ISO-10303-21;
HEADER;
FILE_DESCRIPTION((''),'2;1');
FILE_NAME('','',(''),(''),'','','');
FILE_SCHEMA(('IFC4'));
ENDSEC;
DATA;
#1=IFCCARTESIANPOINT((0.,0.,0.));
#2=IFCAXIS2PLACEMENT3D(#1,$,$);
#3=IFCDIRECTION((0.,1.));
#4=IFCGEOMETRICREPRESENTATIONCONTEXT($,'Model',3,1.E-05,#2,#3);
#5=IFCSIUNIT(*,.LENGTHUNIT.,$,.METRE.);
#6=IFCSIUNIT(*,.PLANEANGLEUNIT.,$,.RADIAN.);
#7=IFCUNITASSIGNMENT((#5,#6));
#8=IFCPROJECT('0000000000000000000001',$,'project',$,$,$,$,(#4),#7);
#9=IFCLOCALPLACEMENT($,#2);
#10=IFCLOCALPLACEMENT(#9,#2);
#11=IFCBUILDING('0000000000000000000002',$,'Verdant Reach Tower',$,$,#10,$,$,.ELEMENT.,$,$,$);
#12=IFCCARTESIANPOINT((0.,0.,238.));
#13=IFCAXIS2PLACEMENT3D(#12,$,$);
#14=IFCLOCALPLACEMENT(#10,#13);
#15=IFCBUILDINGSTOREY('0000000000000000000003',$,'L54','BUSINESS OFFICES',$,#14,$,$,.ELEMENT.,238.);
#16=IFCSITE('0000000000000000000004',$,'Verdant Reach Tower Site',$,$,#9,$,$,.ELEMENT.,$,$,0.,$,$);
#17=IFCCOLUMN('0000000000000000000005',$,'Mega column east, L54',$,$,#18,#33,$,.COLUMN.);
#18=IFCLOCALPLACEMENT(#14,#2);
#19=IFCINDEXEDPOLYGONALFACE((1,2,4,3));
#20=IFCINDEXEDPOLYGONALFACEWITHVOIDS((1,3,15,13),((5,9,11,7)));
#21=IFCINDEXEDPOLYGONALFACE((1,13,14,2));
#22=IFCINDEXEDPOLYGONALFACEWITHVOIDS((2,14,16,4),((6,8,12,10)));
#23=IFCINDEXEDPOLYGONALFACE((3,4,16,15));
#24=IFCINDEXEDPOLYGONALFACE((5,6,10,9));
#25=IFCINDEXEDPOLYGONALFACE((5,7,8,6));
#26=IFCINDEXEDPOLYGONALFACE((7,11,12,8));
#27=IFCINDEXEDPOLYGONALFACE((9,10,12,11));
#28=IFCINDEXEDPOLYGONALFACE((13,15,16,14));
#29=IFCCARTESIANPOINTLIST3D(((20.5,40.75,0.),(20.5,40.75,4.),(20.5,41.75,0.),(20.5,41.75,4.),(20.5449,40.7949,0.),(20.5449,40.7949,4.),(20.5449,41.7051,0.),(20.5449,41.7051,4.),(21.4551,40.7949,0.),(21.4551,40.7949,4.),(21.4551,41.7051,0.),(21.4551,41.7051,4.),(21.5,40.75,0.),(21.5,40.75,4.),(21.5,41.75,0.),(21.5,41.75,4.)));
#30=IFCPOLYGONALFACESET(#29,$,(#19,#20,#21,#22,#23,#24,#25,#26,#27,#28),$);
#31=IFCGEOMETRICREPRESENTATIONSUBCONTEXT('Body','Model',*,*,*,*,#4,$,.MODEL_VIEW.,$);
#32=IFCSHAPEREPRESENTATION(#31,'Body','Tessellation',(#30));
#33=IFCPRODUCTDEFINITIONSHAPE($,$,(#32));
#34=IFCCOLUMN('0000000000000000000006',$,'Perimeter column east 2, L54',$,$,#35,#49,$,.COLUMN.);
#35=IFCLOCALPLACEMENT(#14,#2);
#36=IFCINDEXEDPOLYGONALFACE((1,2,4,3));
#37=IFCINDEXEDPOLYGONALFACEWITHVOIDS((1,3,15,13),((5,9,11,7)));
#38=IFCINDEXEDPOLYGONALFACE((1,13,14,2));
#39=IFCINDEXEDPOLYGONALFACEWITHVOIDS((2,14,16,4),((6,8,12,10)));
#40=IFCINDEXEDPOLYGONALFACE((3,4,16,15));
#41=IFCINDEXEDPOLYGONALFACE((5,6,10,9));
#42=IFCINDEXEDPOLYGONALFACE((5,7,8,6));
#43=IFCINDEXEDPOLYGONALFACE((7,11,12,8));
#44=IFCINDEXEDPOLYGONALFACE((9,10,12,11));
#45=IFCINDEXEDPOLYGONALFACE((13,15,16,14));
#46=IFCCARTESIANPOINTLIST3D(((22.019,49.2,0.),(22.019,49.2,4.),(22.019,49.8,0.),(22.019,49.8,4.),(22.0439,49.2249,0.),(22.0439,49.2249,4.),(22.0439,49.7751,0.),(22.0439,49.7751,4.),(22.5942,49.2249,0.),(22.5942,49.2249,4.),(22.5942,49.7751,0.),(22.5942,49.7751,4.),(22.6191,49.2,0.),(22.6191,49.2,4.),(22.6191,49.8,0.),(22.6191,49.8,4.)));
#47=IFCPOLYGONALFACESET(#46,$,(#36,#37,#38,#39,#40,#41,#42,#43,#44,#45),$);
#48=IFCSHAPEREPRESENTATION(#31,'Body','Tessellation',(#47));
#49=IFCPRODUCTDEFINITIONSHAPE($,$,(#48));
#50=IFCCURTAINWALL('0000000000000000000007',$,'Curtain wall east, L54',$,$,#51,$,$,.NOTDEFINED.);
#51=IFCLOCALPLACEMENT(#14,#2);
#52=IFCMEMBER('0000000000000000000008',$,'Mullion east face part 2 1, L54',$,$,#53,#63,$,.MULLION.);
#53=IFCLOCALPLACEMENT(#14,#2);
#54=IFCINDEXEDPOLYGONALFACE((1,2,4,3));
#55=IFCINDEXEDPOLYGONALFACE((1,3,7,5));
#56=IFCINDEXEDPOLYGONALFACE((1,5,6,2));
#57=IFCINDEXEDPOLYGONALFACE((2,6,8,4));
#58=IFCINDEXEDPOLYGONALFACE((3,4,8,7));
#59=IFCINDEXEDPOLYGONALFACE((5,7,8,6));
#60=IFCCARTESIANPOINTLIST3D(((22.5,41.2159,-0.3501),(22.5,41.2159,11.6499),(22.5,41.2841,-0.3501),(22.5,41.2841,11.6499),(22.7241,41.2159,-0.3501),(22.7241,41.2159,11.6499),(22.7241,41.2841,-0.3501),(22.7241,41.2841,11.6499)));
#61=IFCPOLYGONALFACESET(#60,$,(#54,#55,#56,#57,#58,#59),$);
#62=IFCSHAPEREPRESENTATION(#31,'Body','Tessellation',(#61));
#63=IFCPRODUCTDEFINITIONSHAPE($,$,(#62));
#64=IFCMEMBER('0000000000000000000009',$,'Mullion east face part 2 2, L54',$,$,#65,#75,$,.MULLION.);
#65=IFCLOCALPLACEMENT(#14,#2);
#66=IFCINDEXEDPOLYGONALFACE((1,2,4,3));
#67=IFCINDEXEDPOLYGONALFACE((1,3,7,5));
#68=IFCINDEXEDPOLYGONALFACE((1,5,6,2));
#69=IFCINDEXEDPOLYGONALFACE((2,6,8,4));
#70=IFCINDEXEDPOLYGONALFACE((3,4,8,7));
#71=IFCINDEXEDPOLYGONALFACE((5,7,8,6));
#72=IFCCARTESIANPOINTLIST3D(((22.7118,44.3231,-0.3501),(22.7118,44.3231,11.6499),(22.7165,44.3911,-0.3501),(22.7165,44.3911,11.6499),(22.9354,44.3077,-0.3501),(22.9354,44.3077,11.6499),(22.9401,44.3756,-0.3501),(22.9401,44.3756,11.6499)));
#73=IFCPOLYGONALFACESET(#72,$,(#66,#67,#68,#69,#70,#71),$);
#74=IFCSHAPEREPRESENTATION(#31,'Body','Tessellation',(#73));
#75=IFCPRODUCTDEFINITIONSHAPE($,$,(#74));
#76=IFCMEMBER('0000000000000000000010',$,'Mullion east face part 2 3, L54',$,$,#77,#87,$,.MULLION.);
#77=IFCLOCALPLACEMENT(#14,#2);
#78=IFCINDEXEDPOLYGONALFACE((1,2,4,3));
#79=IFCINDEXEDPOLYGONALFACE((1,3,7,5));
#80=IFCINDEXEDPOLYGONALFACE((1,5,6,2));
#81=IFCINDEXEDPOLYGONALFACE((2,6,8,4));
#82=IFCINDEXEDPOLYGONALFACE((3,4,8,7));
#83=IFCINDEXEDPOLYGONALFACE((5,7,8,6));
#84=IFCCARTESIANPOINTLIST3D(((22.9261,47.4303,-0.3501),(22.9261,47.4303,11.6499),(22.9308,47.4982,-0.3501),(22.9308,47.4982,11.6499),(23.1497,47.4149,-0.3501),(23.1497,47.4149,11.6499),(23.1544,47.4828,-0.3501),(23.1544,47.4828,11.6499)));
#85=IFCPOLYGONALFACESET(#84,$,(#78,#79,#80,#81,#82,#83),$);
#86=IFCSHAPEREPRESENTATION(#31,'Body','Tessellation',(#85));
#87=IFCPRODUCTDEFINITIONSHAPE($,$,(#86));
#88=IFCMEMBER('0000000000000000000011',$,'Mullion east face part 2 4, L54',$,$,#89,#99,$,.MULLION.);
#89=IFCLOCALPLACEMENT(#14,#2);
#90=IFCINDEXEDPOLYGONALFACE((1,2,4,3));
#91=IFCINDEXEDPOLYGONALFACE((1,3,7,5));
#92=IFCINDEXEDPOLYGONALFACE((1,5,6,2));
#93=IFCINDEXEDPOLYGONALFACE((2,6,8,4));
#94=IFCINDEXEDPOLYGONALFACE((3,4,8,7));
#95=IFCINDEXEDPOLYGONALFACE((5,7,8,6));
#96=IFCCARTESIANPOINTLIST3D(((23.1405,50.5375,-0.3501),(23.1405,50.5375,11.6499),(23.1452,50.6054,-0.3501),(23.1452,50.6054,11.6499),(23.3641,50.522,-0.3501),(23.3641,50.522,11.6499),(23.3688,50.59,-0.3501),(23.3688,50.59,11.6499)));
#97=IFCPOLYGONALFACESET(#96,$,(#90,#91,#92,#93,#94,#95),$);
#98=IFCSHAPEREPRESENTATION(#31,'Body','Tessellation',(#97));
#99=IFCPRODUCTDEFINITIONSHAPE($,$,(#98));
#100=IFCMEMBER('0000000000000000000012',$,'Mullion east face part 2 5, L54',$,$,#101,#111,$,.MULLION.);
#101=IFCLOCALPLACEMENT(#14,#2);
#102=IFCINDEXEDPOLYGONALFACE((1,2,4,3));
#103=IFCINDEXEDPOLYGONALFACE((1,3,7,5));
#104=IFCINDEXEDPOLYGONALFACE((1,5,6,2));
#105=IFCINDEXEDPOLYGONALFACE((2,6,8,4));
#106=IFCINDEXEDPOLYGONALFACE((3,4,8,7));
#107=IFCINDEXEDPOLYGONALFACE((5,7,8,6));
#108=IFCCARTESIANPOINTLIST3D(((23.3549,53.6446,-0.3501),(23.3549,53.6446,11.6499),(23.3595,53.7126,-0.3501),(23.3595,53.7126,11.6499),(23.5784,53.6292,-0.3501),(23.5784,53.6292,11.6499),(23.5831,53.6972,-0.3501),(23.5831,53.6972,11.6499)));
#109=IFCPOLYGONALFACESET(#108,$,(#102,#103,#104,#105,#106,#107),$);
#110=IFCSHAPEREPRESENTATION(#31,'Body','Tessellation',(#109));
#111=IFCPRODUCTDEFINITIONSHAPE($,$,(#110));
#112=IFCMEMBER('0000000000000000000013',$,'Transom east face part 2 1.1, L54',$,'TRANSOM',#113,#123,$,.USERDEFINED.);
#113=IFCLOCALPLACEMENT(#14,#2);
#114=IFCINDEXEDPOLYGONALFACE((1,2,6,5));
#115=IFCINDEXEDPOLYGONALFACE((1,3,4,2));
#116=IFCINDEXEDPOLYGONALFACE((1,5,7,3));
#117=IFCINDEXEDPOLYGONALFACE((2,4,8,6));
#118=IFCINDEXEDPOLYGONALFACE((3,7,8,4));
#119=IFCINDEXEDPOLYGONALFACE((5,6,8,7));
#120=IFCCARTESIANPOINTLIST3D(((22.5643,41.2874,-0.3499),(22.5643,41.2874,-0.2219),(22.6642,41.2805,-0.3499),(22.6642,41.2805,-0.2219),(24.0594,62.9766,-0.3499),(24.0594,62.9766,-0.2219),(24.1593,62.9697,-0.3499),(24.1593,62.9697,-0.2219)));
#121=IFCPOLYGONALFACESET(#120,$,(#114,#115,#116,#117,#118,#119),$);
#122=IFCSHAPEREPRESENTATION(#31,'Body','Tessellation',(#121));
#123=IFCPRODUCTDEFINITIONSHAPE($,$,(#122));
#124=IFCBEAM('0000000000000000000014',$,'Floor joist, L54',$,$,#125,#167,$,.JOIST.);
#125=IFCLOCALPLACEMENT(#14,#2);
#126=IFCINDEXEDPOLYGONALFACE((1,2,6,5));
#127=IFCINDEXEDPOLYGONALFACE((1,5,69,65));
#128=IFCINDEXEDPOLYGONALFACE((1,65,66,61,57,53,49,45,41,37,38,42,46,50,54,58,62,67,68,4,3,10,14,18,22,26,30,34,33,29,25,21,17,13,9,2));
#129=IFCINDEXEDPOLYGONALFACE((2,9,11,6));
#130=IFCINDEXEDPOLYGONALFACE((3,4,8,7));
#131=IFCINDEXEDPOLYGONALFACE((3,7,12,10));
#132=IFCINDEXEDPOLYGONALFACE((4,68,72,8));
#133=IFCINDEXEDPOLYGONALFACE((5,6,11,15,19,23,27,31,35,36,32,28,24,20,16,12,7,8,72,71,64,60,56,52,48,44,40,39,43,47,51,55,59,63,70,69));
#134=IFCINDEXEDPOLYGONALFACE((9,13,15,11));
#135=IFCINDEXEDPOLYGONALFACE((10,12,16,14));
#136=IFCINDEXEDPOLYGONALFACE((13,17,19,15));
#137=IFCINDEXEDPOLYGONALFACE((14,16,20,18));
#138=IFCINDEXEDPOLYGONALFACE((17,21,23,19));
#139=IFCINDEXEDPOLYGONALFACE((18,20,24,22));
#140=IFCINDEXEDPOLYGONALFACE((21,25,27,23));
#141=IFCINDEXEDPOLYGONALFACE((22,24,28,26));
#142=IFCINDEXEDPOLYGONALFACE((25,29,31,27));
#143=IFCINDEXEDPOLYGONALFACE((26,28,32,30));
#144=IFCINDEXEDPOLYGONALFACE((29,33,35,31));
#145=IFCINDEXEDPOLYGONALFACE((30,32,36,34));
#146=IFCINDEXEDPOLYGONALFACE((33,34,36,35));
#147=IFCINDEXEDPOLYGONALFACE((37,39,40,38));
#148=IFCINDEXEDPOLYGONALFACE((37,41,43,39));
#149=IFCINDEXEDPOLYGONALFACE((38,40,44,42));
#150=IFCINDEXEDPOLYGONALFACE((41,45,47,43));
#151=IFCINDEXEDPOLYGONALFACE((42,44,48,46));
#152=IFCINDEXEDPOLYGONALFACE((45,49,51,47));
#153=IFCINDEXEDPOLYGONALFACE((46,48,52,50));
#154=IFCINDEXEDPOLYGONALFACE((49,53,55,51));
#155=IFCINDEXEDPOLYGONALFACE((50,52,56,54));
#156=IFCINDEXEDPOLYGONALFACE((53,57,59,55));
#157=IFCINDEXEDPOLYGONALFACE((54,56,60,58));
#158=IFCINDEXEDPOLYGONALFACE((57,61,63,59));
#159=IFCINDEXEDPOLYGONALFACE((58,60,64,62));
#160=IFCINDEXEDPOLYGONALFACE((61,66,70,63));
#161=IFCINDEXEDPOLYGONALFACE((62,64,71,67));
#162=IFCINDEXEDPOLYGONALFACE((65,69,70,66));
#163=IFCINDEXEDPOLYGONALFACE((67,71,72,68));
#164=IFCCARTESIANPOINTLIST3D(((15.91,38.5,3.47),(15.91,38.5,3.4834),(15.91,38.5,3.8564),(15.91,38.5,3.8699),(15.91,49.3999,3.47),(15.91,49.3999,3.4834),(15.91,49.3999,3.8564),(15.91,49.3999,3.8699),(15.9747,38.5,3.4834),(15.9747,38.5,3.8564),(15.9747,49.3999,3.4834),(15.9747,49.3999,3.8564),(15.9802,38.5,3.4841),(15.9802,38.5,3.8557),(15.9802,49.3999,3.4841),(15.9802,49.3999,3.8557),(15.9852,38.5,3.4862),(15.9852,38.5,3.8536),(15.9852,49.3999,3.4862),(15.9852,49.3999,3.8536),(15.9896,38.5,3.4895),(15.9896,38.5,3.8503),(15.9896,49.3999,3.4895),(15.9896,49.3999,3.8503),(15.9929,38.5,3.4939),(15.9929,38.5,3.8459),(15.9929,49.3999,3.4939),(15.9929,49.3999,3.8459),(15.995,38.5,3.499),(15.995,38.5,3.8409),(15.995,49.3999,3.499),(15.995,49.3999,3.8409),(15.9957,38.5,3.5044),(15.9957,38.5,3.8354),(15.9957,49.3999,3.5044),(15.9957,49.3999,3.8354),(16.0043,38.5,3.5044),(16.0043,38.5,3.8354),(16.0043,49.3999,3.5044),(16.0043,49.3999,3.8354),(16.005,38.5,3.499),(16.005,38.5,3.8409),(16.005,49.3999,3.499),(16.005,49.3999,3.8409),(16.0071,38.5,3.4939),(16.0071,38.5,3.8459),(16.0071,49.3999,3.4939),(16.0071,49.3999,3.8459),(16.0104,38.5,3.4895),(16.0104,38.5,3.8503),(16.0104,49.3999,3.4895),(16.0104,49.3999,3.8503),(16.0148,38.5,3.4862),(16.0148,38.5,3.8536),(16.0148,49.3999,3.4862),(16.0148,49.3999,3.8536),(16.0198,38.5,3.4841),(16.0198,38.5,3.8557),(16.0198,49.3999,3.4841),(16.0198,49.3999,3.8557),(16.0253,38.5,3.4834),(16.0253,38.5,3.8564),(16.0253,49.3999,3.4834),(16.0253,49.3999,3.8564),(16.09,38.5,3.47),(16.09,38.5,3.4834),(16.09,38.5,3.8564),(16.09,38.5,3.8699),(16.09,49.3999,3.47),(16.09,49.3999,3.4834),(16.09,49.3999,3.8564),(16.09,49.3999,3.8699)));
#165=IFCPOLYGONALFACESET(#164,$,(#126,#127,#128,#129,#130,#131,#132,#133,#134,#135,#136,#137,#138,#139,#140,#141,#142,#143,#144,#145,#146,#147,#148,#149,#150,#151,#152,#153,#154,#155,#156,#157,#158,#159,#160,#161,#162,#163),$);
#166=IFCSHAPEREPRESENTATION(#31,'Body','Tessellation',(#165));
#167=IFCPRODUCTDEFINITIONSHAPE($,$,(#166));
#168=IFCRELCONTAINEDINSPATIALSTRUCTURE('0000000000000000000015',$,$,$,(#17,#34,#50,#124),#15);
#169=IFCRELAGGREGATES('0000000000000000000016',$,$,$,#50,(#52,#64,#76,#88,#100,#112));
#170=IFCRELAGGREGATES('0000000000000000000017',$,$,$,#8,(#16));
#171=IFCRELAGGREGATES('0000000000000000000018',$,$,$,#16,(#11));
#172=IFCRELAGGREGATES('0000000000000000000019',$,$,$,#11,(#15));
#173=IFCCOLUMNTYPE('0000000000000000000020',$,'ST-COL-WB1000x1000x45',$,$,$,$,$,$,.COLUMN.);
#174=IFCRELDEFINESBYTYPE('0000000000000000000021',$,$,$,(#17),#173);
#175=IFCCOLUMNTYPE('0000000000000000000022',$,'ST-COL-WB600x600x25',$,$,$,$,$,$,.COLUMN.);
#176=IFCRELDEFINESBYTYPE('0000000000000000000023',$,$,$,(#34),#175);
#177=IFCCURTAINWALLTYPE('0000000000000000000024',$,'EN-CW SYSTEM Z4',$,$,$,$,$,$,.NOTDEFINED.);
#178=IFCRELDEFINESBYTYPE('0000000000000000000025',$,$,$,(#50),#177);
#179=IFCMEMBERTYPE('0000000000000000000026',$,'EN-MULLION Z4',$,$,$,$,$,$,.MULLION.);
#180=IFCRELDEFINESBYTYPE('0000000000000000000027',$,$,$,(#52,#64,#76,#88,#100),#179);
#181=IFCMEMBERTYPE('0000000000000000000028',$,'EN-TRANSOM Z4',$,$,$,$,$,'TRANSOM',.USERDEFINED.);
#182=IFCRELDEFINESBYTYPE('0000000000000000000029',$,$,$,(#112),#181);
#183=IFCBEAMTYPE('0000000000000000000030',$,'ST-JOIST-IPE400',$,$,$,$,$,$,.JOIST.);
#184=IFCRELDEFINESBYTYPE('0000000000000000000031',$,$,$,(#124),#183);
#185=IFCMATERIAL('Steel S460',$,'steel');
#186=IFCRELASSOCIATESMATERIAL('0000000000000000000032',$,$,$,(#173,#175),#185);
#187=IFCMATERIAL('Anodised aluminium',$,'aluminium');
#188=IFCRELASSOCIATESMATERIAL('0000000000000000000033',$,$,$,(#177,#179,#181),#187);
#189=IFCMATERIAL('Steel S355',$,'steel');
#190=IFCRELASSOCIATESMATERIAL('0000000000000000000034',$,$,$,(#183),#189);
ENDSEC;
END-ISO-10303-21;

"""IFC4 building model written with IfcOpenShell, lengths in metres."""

from ifc_helpers import new_model, si_unit, direction, frame, origin, origin_2d, place, context, subcontext, project, spatial, rectangle, hollow_rectangle, i_section, extrude, material, material_profile, profile_set, type_object, element, aggregate, save


model = new_model("IFC4")

# Units and contexts
model_context = context("Model", 3, precision=1e-05, world=origin(), true_north=direction((0.0, 1.0)))
body_context = subcontext(model_context, "Body", "Model", "MODEL_VIEW")
ifc_project = project(units=[si_unit("LENGTHUNIT", "METRE"), si_unit("PLANEANGLEUNIT", "RADIAN")], contexts=[model_context])

# Site, building, storey
site_placement = place(None, origin())
site = spatial("IfcSite", under=ifc_project, at=site_placement, Name="Verdant Reach Tower Site", CompositionType="ELEMENT", RefElevation=0.0)
building_placement = place(site_placement, origin())
building = spatial("IfcBuilding", under=site, at=building_placement, Name="Verdant Reach Tower", CompositionType="ELEMENT")
storey_placement = place(building_placement, frame((0.0, 0.0, 238.0)))
storey = spatial("IfcBuildingStorey", under=building, at=storey_placement, Name="L54", Description="BUSINESS OFFICES", CompositionType="ELEMENT", Elevation=238.0)

# Columns
ifc_material_1 = material(Name="Steel S460", Category="steel")
ifc_material_profile_1 = material_profile(ifc_material_1, hollow_rectangle(XDim=1.0, YDim=1.0, WallThickness=0.0449, at=origin_2d()), Name="WB 1000x1000x45")
ifc_profile_set_1 = profile_set([ifc_material_profile_1], Name="Steel S460")
column_type_1 = type_object("IfcColumnType", Name="ST-COL-WB1000x1000x45", PredefinedType="COLUMN", material=ifc_profile_set_1)
column_1_placement = place(storey_placement, frame((21.0, 41.25, 0.0), z_axis=(0.0, 0.0, 1.0), x_axis=(1.0, 0.0, 0.0)))
element("IfcColumn", 1, at=column_1_placement, inside=storey, type_object=column_type_1, Name="Mega column east, L54", PredefinedType="COLUMN", context=body_context, shape_type="SweptSolid", body=[
    extrude(hollow_rectangle(XDim=1.0, YDim=1.0, WallThickness=0.0449, at=origin_2d()), origin(), (0.0, 0.0, 1.0), 4.0),
])
ifc_material_profile_2 = material_profile(ifc_material_1, hollow_rectangle(XDim=0.6001, YDim=0.6001, WallThickness=0.0249, at=origin_2d()), Name="WB 600x600x25")
ifc_profile_set_2 = profile_set([ifc_material_profile_2], Name="Steel S460")
column_type_2 = type_object("IfcColumnType", Name="ST-COL-WB600x600x25", PredefinedType="COLUMN", material=ifc_profile_set_2)
column_2_placement = place(storey_placement, frame((22.3191, 49.5, 0.0), z_axis=(0.0, 0.0, 1.0), x_axis=(1.0, 0.0, 0.0)))
element("IfcColumn", 2, at=column_2_placement, inside=storey, type_object=column_type_2, Name="Perimeter column east 2, L54", PredefinedType="COLUMN", context=body_context, shape_type="SweptSolid", body=[
    extrude(hollow_rectangle(XDim=0.6001, YDim=0.6001, WallThickness=0.0249, at=origin_2d()), origin(), (0.0, 0.0, 1.0), 4.0),
])

# Curtain wall, members
ifc_material_2 = material(Name="Anodised aluminium", Category="aluminium")
curtain_wall_type = type_object("IfcCurtainWallType", Name="EN-CW SYSTEM Z4", PredefinedType="NOTDEFINED", material=ifc_material_2)
curtain_wall_placement = place(storey_placement, origin())
curtain_wall = element("IfcCurtainWall", 3, at=curtain_wall_placement, inside=storey, type_object=curtain_wall_type, Name="Curtain wall east, L54", PredefinedType="NOTDEFINED")
ifc_material_profile_3 = material_profile(ifc_material_2, rectangle(XDim=0.2241, YDim=0.0681, at=origin_2d()), Name="Mullion 68x224")
ifc_profile_set_3 = profile_set([ifc_material_profile_3], Name="Anodised aluminium")
member_type_1 = type_object("IfcMemberType", Name="EN-MULLION Z4", PredefinedType="MULLION", material=ifc_profile_set_3)
member_1_placement = place(storey_placement, frame((22.6121, 41.25, -0.3501), z_axis=(0.0, 0.0, 1.0), x_axis=(1.0, 0.0, 0.0)))
member_1 = element("IfcMember", 4, at=member_1_placement, type_object=member_type_1, Name="Mullion east face part 2 1, L54", PredefinedType="MULLION", context=body_context, shape_type="SweptSolid", body=[
    extrude(rectangle(XDim=0.2241, YDim=0.0681, at=origin_2d()), origin(), (0.0, 0.0, 1.0), 12.0),
])
member_2_placement = place(storey_placement, frame((22.8259, 44.3494, -0.3501), z_axis=(0.0, 0.0, 1.0), x_axis=(0.99763, -0.068802, 0.0)))
member_2 = element("IfcMember", 5, at=member_2_placement, type_object=member_type_1, Name="Mullion east face part 2 2, L54", PredefinedType="MULLION", context=body_context, shape_type="SweptSolid", body=[
    extrude(rectangle(XDim=0.2241, YDim=0.0681, at=origin_2d()), origin(), (0.0, 0.0, 1.0), 12.0),
])
member_3_placement = place(storey_placement, frame((23.0403, 47.4565, -0.3501), z_axis=(0.0, 0.0, 1.0), x_axis=(0.99763, -0.068802, 0.0)))
member_3 = element("IfcMember", 6, at=member_3_placement, type_object=member_type_1, Name="Mullion east face part 2 3, L54", PredefinedType="MULLION", context=body_context, shape_type="SweptSolid", body=[
    extrude(rectangle(XDim=0.2241, YDim=0.0681, at=origin_2d()), origin(), (0.0, 0.0, 1.0), 12.0),
])
member_4_placement = place(storey_placement, frame((23.2546, 50.5637, -0.3501), z_axis=(0.0, 0.0, 1.0), x_axis=(0.99763, -0.068802, 0.0)))
member_4 = element("IfcMember", 7, at=member_4_placement, type_object=member_type_1, Name="Mullion east face part 2 4, L54", PredefinedType="MULLION", context=body_context, shape_type="SweptSolid", body=[
    extrude(rectangle(XDim=0.2241, YDim=0.0681, at=origin_2d()), origin(), (0.0, 0.0, 1.0), 12.0),
])
member_5_placement = place(storey_placement, frame((23.469, 53.6709, -0.3501), z_axis=(0.0, 0.0, 1.0), x_axis=(0.99763, -0.068802, 0.0)))
member_5 = element("IfcMember", 8, at=member_5_placement, type_object=member_type_1, Name="Mullion east face part 2 5, L54", PredefinedType="MULLION", context=body_context, shape_type="SweptSolid", body=[
    extrude(rectangle(XDim=0.2241, YDim=0.0681, at=origin_2d()), origin(), (0.0, 0.0, 1.0), 12.0),
])
ifc_material_profile_4 = material_profile(ifc_material_2, rectangle(XDim=0.1001, YDim=0.1279, at=origin_2d()), Name="Transom 128x100")
ifc_profile_set_4 = profile_set([ifc_material_profile_4], Name="Anodised aluminium")
member_type_2 = type_object("IfcMemberType", Name="EN-TRANSOM Z4", ElementType="TRANSOM", PredefinedType="USERDEFINED", material=ifc_profile_set_4)
member_6_placement = place(storey_placement, frame((22.6143, 41.2839, -0.2859), z_axis=(0.06877, 0.997633, 0.0), x_axis=(-0.997633, 0.06877, 0.0)))
member_6 = element("IfcMember", 9, at=member_6_placement, type_object=member_type_2, Name="Transom east face part 2 1.1, L54", ObjectType="TRANSOM", PredefinedType="USERDEFINED", context=body_context, shape_type="SweptSolid", body=[
    extrude(rectangle(XDim=0.1001, YDim=0.1279, at=origin_2d()), origin(), (0.0, 0.0, 1.0), 21.7407),
])

# Beam
ifc_material_3 = material(Name="Steel S355", Category="steel")
ifc_material_profile_5 = material_profile(ifc_material_3, i_section(OverallWidth=0.1799, OverallDepth=0.3999, WebThickness=0.0085, FlangeThickness=0.0134, FilletRadius=0.021, at=origin_2d()), Name="IPE 400")
ifc_profile_set_5 = profile_set([ifc_material_profile_5], Name="Steel S355")
beam_type_1 = type_object("IfcBeamType", Name="ST-JOIST-IPE400", PredefinedType="JOIST", material=ifc_profile_set_5)
for number, where, z_axis, x_axis, name in (
    (10, (16.0, 38.5, 3.6699), (0.0, 1.0, 0.0), (-1.0, 0.0, 0.0), "Floor joist, L54"),
):
    element("IfcBeam", number, at=place(storey_placement, frame(where, z_axis=z_axis, x_axis=x_axis)), inside=storey, type_object=beam_type_1, Name=name, PredefinedType="JOIST", context=body_context, shape_type="SweptSolid", body=[
        extrude(i_section(OverallWidth=0.1799, OverallDepth=0.3999, WebThickness=0.0085, FlangeThickness=0.0134, FilletRadius=0.021, at=origin_2d()), origin(), (0.0, 0.0, 1.0), 10.8999),
    ])

aggregate(curtain_wall, [member_1, member_2, member_3, member_4, member_5, member_6])

save(model, "model.ifc")
